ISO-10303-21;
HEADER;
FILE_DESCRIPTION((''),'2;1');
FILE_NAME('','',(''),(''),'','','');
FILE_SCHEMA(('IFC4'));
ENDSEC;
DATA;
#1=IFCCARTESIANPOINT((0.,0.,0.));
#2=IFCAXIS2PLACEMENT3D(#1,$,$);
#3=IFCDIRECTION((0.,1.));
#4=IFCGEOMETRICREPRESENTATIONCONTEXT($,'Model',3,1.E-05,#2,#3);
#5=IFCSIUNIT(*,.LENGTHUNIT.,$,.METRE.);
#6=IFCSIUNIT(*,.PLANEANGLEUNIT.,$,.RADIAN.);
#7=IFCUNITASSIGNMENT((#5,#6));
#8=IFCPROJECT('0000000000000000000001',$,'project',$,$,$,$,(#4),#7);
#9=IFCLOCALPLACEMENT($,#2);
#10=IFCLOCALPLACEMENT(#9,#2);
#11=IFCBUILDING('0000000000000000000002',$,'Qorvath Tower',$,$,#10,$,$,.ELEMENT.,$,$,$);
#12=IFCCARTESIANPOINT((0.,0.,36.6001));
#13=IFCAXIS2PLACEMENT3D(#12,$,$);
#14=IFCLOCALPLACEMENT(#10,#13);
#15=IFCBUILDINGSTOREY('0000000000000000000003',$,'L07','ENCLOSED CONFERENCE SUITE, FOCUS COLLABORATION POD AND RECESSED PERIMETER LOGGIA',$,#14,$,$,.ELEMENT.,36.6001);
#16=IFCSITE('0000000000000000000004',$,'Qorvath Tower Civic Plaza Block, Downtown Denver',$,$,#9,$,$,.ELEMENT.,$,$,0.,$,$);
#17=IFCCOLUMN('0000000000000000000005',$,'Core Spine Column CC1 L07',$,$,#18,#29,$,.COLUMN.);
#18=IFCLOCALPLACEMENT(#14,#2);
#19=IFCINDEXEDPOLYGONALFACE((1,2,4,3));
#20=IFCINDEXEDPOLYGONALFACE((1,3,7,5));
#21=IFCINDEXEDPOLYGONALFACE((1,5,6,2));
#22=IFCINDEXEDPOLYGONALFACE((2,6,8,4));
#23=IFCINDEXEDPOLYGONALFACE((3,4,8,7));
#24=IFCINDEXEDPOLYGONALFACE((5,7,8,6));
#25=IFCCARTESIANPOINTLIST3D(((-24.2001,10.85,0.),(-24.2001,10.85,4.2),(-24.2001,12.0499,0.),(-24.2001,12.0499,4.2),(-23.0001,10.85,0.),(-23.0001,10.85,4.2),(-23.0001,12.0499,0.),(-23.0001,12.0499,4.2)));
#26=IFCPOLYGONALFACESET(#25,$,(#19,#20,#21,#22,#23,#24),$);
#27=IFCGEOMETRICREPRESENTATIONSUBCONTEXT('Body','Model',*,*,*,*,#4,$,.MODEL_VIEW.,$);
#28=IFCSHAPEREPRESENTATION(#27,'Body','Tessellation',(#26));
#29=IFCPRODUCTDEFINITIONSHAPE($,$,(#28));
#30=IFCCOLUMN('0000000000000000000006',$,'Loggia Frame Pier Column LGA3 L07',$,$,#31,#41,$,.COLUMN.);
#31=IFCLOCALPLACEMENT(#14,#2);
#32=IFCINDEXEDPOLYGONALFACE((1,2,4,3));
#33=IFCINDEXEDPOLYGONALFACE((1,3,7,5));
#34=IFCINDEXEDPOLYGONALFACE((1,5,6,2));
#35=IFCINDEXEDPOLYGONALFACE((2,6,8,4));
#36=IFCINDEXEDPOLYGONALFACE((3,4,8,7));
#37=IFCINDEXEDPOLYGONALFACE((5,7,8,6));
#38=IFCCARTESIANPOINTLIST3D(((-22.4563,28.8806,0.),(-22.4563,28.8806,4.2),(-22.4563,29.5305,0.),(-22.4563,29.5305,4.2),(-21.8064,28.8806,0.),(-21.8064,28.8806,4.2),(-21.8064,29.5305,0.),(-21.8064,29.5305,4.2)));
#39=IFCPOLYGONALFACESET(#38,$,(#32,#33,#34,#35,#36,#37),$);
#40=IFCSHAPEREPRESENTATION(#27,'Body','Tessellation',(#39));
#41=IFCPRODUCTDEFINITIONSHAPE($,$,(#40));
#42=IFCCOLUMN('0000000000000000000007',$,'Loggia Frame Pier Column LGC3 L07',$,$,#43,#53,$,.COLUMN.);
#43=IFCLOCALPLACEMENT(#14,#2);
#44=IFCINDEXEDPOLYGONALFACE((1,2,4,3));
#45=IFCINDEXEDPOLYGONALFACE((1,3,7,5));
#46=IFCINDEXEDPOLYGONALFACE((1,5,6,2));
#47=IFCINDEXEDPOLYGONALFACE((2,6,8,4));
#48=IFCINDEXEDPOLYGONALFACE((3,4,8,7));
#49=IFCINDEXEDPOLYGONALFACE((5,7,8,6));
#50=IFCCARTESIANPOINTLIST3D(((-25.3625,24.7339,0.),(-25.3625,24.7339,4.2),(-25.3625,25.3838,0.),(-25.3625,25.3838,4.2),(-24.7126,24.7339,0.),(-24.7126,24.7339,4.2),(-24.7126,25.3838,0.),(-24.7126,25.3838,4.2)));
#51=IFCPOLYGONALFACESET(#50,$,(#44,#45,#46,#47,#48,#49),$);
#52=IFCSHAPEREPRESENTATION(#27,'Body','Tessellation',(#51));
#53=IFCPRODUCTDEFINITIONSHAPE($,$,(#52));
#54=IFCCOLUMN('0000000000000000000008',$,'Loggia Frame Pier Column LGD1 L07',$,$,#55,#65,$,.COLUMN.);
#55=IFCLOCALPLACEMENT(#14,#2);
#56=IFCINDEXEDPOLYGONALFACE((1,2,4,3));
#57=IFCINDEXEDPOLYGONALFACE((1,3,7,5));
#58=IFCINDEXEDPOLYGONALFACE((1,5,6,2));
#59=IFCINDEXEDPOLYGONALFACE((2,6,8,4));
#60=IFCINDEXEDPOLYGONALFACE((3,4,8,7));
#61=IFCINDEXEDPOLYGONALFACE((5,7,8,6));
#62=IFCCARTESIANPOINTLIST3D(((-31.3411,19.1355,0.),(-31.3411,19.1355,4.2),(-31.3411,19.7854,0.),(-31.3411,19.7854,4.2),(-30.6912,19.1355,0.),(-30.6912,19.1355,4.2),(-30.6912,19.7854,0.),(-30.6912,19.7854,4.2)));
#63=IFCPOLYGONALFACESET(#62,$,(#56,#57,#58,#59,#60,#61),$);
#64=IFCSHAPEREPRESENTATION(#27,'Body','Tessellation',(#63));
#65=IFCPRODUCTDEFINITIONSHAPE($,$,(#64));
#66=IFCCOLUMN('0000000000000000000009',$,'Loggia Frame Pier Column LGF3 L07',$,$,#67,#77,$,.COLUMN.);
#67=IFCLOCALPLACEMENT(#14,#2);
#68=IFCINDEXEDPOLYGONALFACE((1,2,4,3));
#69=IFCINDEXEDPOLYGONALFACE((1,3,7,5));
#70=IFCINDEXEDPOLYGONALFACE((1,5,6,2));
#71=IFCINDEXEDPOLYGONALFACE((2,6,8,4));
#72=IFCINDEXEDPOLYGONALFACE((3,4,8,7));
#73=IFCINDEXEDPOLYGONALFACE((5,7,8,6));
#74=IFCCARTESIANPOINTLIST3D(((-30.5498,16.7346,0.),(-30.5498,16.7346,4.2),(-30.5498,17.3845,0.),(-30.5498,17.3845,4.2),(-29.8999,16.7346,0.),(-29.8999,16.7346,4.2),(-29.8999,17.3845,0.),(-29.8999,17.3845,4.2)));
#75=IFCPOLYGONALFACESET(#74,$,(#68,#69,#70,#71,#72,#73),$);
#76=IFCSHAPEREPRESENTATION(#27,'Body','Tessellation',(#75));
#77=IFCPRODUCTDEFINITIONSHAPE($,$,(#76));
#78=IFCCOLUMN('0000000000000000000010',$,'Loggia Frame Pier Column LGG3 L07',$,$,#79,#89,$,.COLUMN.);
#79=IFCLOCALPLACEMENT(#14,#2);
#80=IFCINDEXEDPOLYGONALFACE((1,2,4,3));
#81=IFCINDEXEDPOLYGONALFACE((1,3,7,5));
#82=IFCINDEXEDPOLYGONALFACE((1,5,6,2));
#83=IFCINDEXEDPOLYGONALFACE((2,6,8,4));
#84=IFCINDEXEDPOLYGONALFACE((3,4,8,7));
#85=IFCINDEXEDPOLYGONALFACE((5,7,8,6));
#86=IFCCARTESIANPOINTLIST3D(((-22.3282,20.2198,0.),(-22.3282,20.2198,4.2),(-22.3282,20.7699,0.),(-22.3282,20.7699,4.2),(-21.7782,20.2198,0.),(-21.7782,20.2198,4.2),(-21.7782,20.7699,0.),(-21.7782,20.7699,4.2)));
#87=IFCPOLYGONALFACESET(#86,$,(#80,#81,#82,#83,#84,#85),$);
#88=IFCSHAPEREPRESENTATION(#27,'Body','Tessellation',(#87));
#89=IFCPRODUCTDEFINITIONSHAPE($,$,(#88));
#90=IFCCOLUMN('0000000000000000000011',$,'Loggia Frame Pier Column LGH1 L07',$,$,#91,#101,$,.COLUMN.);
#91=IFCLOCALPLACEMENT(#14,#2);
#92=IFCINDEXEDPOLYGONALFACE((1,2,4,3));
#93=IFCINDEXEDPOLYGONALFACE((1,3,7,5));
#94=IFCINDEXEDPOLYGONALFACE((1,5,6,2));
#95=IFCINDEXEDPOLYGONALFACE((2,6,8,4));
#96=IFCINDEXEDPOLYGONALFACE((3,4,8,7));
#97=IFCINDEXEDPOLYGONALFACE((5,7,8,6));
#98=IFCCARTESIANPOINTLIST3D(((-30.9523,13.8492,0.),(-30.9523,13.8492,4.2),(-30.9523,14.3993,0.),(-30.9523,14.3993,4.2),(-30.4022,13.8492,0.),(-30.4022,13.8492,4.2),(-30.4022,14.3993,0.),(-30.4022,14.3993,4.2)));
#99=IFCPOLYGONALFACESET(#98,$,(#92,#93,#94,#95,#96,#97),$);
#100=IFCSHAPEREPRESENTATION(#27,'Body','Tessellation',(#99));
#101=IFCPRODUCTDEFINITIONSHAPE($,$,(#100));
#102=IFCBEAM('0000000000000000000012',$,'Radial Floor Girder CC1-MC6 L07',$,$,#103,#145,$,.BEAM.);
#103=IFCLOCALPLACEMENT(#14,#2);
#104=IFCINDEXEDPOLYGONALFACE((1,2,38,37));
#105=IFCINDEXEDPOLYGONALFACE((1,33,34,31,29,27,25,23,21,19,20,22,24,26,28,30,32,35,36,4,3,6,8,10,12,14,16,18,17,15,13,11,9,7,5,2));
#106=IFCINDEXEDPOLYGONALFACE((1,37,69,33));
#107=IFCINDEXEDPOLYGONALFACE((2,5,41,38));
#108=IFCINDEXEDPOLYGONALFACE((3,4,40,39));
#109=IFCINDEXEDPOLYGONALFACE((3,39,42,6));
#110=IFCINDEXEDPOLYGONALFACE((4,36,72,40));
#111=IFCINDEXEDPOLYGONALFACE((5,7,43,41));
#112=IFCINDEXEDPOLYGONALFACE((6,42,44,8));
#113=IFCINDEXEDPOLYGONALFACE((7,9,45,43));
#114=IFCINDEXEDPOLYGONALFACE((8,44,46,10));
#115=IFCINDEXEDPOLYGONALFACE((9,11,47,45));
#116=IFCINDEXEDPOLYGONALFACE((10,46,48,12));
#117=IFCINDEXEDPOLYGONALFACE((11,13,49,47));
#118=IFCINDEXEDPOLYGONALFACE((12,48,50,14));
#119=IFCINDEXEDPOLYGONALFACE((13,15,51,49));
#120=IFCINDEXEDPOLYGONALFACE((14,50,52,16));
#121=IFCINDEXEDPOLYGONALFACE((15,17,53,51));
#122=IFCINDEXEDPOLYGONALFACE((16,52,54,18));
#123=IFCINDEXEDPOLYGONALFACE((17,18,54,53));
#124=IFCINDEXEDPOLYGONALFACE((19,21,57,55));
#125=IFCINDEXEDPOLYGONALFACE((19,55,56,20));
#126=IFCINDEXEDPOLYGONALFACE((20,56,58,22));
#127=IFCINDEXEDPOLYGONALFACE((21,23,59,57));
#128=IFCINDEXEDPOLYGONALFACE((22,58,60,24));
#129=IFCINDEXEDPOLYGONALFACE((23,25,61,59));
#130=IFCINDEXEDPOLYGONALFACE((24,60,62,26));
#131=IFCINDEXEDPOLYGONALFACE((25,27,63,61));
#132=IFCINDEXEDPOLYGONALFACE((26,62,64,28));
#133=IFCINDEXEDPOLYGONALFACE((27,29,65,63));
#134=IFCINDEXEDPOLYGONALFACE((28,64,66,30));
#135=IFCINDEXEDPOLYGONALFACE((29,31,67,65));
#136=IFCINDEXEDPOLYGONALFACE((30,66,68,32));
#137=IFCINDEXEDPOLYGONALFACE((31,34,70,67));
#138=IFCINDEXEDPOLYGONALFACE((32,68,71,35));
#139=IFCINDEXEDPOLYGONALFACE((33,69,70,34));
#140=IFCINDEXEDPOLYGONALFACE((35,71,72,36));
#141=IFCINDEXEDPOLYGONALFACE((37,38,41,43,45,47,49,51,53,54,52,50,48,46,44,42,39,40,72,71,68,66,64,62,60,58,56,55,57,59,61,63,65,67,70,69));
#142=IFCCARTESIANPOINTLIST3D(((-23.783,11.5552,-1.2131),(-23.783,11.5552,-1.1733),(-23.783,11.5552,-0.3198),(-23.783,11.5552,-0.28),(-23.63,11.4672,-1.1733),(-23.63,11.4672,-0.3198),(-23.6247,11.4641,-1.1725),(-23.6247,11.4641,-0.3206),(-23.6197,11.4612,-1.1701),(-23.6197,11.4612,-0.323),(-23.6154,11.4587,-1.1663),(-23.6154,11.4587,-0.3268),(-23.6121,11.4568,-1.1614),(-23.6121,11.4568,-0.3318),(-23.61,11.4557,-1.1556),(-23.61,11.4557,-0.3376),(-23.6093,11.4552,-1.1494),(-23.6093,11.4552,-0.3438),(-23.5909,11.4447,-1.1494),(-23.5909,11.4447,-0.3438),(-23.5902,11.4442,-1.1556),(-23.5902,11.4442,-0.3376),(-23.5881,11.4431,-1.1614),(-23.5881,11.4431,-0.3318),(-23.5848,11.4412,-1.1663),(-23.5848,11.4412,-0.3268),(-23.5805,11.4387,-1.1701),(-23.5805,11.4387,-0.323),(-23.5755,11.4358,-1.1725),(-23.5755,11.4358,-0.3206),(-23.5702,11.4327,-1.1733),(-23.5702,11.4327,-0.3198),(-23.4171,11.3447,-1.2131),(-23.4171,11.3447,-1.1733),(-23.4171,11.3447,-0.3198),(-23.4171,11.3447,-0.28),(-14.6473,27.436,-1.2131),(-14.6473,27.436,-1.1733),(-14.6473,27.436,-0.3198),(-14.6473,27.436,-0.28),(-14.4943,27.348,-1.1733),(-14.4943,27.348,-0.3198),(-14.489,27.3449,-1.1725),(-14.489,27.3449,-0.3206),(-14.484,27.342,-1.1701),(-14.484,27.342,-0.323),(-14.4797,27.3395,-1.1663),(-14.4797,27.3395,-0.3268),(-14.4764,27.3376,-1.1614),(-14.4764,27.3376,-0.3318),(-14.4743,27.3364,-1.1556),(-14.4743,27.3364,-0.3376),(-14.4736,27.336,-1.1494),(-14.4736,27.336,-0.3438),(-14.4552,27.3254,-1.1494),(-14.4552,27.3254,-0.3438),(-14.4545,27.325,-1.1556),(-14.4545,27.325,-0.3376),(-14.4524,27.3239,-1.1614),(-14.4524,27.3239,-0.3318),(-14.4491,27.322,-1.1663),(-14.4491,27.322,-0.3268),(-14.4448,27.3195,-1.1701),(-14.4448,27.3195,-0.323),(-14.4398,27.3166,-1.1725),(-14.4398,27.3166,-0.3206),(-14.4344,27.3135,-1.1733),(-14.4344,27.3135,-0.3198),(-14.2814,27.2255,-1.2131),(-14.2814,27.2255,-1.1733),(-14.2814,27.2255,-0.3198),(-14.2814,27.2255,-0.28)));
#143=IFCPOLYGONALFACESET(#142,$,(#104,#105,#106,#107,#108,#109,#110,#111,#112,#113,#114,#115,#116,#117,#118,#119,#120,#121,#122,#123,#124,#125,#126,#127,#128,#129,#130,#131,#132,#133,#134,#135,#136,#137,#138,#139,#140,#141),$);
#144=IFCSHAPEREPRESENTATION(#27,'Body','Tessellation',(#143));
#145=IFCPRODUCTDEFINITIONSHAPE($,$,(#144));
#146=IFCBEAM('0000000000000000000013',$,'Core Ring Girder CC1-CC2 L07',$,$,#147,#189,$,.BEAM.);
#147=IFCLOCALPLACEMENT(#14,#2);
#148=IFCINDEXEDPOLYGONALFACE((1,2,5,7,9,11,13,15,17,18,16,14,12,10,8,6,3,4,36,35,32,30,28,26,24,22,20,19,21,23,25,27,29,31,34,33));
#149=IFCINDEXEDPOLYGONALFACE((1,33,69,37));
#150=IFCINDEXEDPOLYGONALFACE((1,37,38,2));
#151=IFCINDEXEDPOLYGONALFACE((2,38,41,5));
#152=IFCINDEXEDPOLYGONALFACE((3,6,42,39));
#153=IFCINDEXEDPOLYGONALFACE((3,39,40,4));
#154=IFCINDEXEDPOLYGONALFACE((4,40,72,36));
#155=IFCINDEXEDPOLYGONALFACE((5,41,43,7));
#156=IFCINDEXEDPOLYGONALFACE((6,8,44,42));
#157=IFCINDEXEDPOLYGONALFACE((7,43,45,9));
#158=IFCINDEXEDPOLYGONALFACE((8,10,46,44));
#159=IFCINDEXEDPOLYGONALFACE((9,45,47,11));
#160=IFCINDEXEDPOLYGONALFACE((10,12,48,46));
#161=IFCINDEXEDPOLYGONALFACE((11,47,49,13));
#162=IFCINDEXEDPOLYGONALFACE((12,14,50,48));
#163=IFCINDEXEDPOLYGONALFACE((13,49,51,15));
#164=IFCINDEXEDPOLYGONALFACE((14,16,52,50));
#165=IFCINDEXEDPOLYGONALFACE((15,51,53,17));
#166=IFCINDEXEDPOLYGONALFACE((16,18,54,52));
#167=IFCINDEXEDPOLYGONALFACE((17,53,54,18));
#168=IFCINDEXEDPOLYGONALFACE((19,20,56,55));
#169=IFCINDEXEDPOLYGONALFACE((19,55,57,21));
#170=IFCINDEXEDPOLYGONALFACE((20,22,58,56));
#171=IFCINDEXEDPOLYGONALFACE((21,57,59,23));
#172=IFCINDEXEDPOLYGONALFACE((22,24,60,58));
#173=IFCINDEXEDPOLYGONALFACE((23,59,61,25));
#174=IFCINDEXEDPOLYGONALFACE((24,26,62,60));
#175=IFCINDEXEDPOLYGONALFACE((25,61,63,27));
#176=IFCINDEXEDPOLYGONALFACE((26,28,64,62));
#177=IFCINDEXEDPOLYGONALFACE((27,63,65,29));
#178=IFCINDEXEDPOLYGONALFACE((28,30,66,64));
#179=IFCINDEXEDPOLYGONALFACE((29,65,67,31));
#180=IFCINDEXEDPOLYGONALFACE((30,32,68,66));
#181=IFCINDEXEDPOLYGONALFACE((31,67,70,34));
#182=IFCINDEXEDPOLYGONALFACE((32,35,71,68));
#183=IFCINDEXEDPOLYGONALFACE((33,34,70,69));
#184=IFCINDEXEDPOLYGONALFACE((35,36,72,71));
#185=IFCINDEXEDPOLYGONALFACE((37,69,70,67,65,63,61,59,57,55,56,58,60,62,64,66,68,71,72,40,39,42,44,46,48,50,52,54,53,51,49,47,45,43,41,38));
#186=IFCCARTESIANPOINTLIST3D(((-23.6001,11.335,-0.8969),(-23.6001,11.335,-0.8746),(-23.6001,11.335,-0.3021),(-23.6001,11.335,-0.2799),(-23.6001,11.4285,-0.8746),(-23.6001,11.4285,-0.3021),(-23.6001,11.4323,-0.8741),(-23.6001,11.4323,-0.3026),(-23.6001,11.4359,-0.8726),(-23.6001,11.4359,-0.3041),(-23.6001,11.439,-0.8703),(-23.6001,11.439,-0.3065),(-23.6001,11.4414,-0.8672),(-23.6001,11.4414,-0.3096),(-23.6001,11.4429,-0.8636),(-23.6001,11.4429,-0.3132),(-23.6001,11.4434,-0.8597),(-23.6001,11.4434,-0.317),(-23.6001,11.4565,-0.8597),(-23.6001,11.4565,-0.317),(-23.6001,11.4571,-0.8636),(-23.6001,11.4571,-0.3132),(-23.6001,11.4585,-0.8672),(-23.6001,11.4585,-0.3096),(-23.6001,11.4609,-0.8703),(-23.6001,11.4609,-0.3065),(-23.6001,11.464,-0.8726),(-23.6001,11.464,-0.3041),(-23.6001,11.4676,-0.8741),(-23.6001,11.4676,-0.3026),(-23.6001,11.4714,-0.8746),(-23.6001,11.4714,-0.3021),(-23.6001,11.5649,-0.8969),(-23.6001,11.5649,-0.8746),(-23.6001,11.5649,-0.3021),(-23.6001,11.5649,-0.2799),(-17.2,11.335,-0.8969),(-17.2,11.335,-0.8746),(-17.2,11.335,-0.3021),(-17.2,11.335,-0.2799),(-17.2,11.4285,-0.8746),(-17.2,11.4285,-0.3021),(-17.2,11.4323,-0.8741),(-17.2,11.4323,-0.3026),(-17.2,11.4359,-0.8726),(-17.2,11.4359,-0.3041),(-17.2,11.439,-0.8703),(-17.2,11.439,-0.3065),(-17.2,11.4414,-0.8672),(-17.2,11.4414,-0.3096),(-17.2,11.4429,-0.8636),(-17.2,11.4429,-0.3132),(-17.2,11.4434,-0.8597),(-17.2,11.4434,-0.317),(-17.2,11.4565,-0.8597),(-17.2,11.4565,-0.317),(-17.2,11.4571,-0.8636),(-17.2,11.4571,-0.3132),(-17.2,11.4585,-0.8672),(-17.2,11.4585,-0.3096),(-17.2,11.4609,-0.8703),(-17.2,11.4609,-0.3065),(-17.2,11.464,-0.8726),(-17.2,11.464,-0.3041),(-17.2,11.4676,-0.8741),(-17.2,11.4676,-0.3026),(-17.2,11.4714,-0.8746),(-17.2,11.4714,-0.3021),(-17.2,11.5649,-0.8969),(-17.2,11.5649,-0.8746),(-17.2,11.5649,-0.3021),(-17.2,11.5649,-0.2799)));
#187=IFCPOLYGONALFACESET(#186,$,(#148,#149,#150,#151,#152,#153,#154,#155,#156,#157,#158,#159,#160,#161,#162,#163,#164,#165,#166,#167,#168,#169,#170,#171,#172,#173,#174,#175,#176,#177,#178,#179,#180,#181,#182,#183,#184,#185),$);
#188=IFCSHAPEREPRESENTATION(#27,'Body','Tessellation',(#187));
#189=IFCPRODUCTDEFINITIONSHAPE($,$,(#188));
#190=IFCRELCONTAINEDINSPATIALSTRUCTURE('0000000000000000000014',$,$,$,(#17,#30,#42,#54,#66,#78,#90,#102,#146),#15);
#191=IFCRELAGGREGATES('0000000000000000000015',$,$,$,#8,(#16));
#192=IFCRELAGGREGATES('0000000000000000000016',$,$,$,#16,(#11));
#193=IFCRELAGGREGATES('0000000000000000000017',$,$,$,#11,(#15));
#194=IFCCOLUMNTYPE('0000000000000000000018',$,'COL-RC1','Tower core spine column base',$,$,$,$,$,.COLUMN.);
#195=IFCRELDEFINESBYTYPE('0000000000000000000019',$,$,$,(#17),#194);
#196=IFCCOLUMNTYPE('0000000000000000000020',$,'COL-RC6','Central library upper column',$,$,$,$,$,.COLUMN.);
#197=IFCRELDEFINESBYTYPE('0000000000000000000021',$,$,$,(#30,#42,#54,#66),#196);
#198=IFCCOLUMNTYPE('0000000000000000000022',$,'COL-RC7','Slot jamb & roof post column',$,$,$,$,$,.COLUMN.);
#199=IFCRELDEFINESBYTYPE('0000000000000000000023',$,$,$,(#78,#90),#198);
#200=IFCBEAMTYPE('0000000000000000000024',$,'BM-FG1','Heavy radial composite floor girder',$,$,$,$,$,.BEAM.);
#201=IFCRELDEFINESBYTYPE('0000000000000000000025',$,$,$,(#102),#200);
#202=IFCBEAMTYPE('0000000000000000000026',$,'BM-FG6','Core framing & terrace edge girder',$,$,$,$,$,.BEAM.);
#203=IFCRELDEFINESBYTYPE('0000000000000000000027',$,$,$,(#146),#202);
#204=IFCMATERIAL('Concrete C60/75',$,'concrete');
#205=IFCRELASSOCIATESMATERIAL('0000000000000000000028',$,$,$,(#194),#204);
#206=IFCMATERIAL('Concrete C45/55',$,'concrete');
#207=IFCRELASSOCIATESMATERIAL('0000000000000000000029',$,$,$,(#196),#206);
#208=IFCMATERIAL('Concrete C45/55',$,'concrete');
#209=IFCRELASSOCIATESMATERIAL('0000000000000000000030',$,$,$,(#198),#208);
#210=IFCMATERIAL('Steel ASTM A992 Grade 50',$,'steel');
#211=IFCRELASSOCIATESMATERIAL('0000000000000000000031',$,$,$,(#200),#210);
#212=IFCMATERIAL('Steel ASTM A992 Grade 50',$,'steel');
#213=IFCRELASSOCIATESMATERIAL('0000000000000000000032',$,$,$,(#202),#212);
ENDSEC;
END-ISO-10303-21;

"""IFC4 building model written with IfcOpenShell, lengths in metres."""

from ifc_helpers import new_model, si_unit, direction, frame, origin, origin_2d, place, context, subcontext, project, spatial, rectangle, i_section, extrude, material, material_profile, profile_set, type_object, element, save


model = new_model("IFC4")

# Units and contexts
model_context = context("Model", 3, precision=1e-05, world=origin(), true_north=direction((0.0, 1.0)))
body_context = subcontext(model_context, "Body", "Model", "MODEL_VIEW")
ifc_project = project(units=[si_unit("LENGTHUNIT", "METRE"), si_unit("PLANEANGLEUNIT", "RADIAN")], contexts=[model_context])

# Site, building, storey
site_placement = place(None, origin())
site = spatial("IfcSite", under=ifc_project, at=site_placement, Name="Qorvath Tower Civic Plaza Block, Downtown Denver", CompositionType="ELEMENT", RefElevation=0.0)
building_placement = place(site_placement, origin())
building = spatial("IfcBuilding", under=site, at=building_placement, Name="Qorvath Tower", CompositionType="ELEMENT")
storey_placement = place(building_placement, frame((0.0, 0.0, 36.6001)))
storey = spatial("IfcBuildingStorey", under=building, at=storey_placement, Name="L07", Description="ENCLOSED CONFERENCE SUITE, FOCUS COLLABORATION POD AND RECESSED PERIMETER LOGGIA", CompositionType="ELEMENT", Elevation=36.6001)

# Columns
ifc_material_1 = material(Name="Concrete C60/75", Category="concrete")
ifc_material_profile_1 = material_profile(ifc_material_1, rectangle(XDim=1.2, YDim=1.2, at=origin_2d()), Name="RC 1200x1200")
ifc_profile_set_1 = profile_set([ifc_material_profile_1], Name="Concrete C60/75")
column_type_1 = type_object("IfcColumnType", Name="COL-RC1", Description="Tower core spine column base", PredefinedType="COLUMN", material=ifc_profile_set_1)
column_placement = place(storey_placement, frame((-23.6001, 11.45, 0.0), z_axis=(0.0, 0.0, 1.0), x_axis=(1.0, 0.0, 0.0)))
element("IfcColumn", 1, at=column_placement, inside=storey, type_object=column_type_1, Name="Core Spine Column CC1 L07", PredefinedType="COLUMN", context=body_context, shape_type="SweptSolid", body=[
    extrude(rectangle(XDim=1.2, YDim=1.2, at=origin_2d()), origin(), (0.0, 0.0, 1.0), 4.2),
])
ifc_material_2 = material(Name="Concrete C45/55", Category="concrete")
ifc_material_profile_2 = material_profile(ifc_material_2, rectangle(XDim=0.6499, YDim=0.6499, at=origin_2d()), Name="RC 650x650")
ifc_profile_set_2 = profile_set([ifc_material_profile_2], Name="Concrete C45/55")
column_type_2 = type_object("IfcColumnType", Name="COL-RC6", Description="Central library upper column", PredefinedType="COLUMN", material=ifc_profile_set_2)
for number, where, z_axis, x_axis, name in (
    (2, (-22.1313, 29.2056, 0.0), (0.0, 0.0, 1.0), (1.0, 0.0, 0.0), "Loggia Frame Pier Column LGA3 L07"),
    (3, (-25.0376, 25.0588, 0.0), (0.0, 0.0, 1.0), (1.0, 0.0, 0.0), "Loggia Frame Pier Column LGC3 L07"),
    (4, (-31.0161, 19.4604, 0.0), (0.0, 0.0, 1.0), (1.0, 0.0, 0.0), "Loggia Frame Pier Column LGD1 L07"),
    (5, (-30.2249, 17.0596, 0.0), (0.0, 0.0, 1.0), (1.0, 0.0, 0.0), "Loggia Frame Pier Column LGF3 L07"),
):
    element("IfcColumn", number, at=place(storey_placement, frame(where, z_axis=z_axis, x_axis=x_axis)), inside=storey, type_object=column_type_2, Name=name, PredefinedType="COLUMN", context=body_context, shape_type="SweptSolid", body=[
        extrude(rectangle(XDim=0.6499, YDim=0.6499, at=origin_2d()), origin(), (0.0, 0.0, 1.0), 4.2),
    ])
ifc_material_3 = material(Name="Concrete C45/55", Category="concrete")
ifc_material_profile_3 = material_profile(ifc_material_3, rectangle(XDim=0.55, YDim=0.55, at=origin_2d()), Name="RC 550x550")
ifc_profile_set_3 = profile_set([ifc_material_profile_3], Name="Concrete C45/55")
column_type_3 = type_object("IfcColumnType", Name="COL-RC7", Description="Slot jamb & roof post column", PredefinedType="COLUMN", material=ifc_profile_set_3)
for number, where, z_axis, x_axis, name in (
    (6, (-22.0532, 20.4949, 0.0), (0.0, 0.0, 1.0), (1.0, 0.0, 0.0), "Loggia Frame Pier Column LGG3 L07"),
    (7, (-30.6772, 14.1243, 0.0), (0.0, 0.0, 1.0), (1.0, 0.0, 0.0), "Loggia Frame Pier Column LGH1 L07"),
):
    element("IfcColumn", number, at=place(storey_placement, frame(where, z_axis=z_axis, x_axis=x_axis)), inside=storey, type_object=column_type_3, Name=name, PredefinedType="COLUMN", context=body_context, shape_type="SweptSolid", body=[
        extrude(rectangle(XDim=0.55, YDim=0.55, at=origin_2d()), origin(), (0.0, 0.0, 1.0), 4.2),
    ])

# Beams
ifc_material_4 = material(Name="Steel ASTM A992 Grade 50", Category="steel")
ifc_material_profile_4 = material_profile(ifc_material_4, i_section(OverallWidth=0.4221, OverallDepth=0.9331, WebThickness=0.0212, FlangeThickness=0.0398, FilletRadius=0.0239, at=origin_2d()), Name="W36x262")
ifc_profile_set_4 = profile_set([ifc_material_profile_4], Name="Steel ASTM A992 Grade 50")
beam_type_1 = type_object("IfcBeamType", Name="BM-FG1", Description="Heavy radial composite floor girder", PredefinedType="BEAM", material=ifc_profile_set_4)
beam_1_placement = place(storey_placement, frame((-23.6001, 11.45, -0.7466), z_axis=(0.498645, 0.866806, 0.0), x_axis=(-0.866806, 0.498645, 0.0)))
element("IfcBeam", 8, at=beam_1_placement, inside=storey, type_object=beam_type_1, Name="Radial Floor Girder CC1-MC6 L07", PredefinedType="BEAM", context=body_context, shape_type="SweptSolid", body=[
    extrude(i_section(OverallWidth=0.4221, OverallDepth=0.9331, WebThickness=0.0212, FlangeThickness=0.0398, FilletRadius=0.0239, at=origin_2d()), origin(), (0.0, 0.0, 1.0), 18.321),
])
ifc_material_5 = material(Name="Steel ASTM A992 Grade 50", Category="steel")
ifc_material_profile_5 = material_profile(ifc_material_5, i_section(OverallWidth=0.23, OverallDepth=0.6169, WebThickness=0.0132, FlangeThickness=0.0222, FilletRadius=0.0149, at=origin_2d()), Name="W24x94")
ifc_profile_set_5 = profile_set([ifc_material_profile_5], Name="Steel ASTM A992 Grade 50")
beam_type_2 = type_object("IfcBeamType", Name="BM-FG6", Description="Core framing & terrace edge girder", PredefinedType="BEAM", material=ifc_profile_set_5)
beam_2_placement = place(storey_placement, frame((-23.6001, 11.45, -0.5884), z_axis=(1.0, 0.0, 0.0), x_axis=(0.0, 1.0, 0.0)))
element("IfcBeam", 9, at=beam_2_placement, inside=storey, type_object=beam_type_2, Name="Core Ring Girder CC1-CC2 L07", PredefinedType="BEAM", context=body_context, shape_type="SweptSolid", body=[
    extrude(i_section(OverallWidth=0.23, OverallDepth=0.6169, WebThickness=0.0132, FlangeThickness=0.0222, FilletRadius=0.0149, at=origin_2d()), origin(), (0.0, 0.0, 1.0), 6.4001),
])

save(model, "model.ifc")
